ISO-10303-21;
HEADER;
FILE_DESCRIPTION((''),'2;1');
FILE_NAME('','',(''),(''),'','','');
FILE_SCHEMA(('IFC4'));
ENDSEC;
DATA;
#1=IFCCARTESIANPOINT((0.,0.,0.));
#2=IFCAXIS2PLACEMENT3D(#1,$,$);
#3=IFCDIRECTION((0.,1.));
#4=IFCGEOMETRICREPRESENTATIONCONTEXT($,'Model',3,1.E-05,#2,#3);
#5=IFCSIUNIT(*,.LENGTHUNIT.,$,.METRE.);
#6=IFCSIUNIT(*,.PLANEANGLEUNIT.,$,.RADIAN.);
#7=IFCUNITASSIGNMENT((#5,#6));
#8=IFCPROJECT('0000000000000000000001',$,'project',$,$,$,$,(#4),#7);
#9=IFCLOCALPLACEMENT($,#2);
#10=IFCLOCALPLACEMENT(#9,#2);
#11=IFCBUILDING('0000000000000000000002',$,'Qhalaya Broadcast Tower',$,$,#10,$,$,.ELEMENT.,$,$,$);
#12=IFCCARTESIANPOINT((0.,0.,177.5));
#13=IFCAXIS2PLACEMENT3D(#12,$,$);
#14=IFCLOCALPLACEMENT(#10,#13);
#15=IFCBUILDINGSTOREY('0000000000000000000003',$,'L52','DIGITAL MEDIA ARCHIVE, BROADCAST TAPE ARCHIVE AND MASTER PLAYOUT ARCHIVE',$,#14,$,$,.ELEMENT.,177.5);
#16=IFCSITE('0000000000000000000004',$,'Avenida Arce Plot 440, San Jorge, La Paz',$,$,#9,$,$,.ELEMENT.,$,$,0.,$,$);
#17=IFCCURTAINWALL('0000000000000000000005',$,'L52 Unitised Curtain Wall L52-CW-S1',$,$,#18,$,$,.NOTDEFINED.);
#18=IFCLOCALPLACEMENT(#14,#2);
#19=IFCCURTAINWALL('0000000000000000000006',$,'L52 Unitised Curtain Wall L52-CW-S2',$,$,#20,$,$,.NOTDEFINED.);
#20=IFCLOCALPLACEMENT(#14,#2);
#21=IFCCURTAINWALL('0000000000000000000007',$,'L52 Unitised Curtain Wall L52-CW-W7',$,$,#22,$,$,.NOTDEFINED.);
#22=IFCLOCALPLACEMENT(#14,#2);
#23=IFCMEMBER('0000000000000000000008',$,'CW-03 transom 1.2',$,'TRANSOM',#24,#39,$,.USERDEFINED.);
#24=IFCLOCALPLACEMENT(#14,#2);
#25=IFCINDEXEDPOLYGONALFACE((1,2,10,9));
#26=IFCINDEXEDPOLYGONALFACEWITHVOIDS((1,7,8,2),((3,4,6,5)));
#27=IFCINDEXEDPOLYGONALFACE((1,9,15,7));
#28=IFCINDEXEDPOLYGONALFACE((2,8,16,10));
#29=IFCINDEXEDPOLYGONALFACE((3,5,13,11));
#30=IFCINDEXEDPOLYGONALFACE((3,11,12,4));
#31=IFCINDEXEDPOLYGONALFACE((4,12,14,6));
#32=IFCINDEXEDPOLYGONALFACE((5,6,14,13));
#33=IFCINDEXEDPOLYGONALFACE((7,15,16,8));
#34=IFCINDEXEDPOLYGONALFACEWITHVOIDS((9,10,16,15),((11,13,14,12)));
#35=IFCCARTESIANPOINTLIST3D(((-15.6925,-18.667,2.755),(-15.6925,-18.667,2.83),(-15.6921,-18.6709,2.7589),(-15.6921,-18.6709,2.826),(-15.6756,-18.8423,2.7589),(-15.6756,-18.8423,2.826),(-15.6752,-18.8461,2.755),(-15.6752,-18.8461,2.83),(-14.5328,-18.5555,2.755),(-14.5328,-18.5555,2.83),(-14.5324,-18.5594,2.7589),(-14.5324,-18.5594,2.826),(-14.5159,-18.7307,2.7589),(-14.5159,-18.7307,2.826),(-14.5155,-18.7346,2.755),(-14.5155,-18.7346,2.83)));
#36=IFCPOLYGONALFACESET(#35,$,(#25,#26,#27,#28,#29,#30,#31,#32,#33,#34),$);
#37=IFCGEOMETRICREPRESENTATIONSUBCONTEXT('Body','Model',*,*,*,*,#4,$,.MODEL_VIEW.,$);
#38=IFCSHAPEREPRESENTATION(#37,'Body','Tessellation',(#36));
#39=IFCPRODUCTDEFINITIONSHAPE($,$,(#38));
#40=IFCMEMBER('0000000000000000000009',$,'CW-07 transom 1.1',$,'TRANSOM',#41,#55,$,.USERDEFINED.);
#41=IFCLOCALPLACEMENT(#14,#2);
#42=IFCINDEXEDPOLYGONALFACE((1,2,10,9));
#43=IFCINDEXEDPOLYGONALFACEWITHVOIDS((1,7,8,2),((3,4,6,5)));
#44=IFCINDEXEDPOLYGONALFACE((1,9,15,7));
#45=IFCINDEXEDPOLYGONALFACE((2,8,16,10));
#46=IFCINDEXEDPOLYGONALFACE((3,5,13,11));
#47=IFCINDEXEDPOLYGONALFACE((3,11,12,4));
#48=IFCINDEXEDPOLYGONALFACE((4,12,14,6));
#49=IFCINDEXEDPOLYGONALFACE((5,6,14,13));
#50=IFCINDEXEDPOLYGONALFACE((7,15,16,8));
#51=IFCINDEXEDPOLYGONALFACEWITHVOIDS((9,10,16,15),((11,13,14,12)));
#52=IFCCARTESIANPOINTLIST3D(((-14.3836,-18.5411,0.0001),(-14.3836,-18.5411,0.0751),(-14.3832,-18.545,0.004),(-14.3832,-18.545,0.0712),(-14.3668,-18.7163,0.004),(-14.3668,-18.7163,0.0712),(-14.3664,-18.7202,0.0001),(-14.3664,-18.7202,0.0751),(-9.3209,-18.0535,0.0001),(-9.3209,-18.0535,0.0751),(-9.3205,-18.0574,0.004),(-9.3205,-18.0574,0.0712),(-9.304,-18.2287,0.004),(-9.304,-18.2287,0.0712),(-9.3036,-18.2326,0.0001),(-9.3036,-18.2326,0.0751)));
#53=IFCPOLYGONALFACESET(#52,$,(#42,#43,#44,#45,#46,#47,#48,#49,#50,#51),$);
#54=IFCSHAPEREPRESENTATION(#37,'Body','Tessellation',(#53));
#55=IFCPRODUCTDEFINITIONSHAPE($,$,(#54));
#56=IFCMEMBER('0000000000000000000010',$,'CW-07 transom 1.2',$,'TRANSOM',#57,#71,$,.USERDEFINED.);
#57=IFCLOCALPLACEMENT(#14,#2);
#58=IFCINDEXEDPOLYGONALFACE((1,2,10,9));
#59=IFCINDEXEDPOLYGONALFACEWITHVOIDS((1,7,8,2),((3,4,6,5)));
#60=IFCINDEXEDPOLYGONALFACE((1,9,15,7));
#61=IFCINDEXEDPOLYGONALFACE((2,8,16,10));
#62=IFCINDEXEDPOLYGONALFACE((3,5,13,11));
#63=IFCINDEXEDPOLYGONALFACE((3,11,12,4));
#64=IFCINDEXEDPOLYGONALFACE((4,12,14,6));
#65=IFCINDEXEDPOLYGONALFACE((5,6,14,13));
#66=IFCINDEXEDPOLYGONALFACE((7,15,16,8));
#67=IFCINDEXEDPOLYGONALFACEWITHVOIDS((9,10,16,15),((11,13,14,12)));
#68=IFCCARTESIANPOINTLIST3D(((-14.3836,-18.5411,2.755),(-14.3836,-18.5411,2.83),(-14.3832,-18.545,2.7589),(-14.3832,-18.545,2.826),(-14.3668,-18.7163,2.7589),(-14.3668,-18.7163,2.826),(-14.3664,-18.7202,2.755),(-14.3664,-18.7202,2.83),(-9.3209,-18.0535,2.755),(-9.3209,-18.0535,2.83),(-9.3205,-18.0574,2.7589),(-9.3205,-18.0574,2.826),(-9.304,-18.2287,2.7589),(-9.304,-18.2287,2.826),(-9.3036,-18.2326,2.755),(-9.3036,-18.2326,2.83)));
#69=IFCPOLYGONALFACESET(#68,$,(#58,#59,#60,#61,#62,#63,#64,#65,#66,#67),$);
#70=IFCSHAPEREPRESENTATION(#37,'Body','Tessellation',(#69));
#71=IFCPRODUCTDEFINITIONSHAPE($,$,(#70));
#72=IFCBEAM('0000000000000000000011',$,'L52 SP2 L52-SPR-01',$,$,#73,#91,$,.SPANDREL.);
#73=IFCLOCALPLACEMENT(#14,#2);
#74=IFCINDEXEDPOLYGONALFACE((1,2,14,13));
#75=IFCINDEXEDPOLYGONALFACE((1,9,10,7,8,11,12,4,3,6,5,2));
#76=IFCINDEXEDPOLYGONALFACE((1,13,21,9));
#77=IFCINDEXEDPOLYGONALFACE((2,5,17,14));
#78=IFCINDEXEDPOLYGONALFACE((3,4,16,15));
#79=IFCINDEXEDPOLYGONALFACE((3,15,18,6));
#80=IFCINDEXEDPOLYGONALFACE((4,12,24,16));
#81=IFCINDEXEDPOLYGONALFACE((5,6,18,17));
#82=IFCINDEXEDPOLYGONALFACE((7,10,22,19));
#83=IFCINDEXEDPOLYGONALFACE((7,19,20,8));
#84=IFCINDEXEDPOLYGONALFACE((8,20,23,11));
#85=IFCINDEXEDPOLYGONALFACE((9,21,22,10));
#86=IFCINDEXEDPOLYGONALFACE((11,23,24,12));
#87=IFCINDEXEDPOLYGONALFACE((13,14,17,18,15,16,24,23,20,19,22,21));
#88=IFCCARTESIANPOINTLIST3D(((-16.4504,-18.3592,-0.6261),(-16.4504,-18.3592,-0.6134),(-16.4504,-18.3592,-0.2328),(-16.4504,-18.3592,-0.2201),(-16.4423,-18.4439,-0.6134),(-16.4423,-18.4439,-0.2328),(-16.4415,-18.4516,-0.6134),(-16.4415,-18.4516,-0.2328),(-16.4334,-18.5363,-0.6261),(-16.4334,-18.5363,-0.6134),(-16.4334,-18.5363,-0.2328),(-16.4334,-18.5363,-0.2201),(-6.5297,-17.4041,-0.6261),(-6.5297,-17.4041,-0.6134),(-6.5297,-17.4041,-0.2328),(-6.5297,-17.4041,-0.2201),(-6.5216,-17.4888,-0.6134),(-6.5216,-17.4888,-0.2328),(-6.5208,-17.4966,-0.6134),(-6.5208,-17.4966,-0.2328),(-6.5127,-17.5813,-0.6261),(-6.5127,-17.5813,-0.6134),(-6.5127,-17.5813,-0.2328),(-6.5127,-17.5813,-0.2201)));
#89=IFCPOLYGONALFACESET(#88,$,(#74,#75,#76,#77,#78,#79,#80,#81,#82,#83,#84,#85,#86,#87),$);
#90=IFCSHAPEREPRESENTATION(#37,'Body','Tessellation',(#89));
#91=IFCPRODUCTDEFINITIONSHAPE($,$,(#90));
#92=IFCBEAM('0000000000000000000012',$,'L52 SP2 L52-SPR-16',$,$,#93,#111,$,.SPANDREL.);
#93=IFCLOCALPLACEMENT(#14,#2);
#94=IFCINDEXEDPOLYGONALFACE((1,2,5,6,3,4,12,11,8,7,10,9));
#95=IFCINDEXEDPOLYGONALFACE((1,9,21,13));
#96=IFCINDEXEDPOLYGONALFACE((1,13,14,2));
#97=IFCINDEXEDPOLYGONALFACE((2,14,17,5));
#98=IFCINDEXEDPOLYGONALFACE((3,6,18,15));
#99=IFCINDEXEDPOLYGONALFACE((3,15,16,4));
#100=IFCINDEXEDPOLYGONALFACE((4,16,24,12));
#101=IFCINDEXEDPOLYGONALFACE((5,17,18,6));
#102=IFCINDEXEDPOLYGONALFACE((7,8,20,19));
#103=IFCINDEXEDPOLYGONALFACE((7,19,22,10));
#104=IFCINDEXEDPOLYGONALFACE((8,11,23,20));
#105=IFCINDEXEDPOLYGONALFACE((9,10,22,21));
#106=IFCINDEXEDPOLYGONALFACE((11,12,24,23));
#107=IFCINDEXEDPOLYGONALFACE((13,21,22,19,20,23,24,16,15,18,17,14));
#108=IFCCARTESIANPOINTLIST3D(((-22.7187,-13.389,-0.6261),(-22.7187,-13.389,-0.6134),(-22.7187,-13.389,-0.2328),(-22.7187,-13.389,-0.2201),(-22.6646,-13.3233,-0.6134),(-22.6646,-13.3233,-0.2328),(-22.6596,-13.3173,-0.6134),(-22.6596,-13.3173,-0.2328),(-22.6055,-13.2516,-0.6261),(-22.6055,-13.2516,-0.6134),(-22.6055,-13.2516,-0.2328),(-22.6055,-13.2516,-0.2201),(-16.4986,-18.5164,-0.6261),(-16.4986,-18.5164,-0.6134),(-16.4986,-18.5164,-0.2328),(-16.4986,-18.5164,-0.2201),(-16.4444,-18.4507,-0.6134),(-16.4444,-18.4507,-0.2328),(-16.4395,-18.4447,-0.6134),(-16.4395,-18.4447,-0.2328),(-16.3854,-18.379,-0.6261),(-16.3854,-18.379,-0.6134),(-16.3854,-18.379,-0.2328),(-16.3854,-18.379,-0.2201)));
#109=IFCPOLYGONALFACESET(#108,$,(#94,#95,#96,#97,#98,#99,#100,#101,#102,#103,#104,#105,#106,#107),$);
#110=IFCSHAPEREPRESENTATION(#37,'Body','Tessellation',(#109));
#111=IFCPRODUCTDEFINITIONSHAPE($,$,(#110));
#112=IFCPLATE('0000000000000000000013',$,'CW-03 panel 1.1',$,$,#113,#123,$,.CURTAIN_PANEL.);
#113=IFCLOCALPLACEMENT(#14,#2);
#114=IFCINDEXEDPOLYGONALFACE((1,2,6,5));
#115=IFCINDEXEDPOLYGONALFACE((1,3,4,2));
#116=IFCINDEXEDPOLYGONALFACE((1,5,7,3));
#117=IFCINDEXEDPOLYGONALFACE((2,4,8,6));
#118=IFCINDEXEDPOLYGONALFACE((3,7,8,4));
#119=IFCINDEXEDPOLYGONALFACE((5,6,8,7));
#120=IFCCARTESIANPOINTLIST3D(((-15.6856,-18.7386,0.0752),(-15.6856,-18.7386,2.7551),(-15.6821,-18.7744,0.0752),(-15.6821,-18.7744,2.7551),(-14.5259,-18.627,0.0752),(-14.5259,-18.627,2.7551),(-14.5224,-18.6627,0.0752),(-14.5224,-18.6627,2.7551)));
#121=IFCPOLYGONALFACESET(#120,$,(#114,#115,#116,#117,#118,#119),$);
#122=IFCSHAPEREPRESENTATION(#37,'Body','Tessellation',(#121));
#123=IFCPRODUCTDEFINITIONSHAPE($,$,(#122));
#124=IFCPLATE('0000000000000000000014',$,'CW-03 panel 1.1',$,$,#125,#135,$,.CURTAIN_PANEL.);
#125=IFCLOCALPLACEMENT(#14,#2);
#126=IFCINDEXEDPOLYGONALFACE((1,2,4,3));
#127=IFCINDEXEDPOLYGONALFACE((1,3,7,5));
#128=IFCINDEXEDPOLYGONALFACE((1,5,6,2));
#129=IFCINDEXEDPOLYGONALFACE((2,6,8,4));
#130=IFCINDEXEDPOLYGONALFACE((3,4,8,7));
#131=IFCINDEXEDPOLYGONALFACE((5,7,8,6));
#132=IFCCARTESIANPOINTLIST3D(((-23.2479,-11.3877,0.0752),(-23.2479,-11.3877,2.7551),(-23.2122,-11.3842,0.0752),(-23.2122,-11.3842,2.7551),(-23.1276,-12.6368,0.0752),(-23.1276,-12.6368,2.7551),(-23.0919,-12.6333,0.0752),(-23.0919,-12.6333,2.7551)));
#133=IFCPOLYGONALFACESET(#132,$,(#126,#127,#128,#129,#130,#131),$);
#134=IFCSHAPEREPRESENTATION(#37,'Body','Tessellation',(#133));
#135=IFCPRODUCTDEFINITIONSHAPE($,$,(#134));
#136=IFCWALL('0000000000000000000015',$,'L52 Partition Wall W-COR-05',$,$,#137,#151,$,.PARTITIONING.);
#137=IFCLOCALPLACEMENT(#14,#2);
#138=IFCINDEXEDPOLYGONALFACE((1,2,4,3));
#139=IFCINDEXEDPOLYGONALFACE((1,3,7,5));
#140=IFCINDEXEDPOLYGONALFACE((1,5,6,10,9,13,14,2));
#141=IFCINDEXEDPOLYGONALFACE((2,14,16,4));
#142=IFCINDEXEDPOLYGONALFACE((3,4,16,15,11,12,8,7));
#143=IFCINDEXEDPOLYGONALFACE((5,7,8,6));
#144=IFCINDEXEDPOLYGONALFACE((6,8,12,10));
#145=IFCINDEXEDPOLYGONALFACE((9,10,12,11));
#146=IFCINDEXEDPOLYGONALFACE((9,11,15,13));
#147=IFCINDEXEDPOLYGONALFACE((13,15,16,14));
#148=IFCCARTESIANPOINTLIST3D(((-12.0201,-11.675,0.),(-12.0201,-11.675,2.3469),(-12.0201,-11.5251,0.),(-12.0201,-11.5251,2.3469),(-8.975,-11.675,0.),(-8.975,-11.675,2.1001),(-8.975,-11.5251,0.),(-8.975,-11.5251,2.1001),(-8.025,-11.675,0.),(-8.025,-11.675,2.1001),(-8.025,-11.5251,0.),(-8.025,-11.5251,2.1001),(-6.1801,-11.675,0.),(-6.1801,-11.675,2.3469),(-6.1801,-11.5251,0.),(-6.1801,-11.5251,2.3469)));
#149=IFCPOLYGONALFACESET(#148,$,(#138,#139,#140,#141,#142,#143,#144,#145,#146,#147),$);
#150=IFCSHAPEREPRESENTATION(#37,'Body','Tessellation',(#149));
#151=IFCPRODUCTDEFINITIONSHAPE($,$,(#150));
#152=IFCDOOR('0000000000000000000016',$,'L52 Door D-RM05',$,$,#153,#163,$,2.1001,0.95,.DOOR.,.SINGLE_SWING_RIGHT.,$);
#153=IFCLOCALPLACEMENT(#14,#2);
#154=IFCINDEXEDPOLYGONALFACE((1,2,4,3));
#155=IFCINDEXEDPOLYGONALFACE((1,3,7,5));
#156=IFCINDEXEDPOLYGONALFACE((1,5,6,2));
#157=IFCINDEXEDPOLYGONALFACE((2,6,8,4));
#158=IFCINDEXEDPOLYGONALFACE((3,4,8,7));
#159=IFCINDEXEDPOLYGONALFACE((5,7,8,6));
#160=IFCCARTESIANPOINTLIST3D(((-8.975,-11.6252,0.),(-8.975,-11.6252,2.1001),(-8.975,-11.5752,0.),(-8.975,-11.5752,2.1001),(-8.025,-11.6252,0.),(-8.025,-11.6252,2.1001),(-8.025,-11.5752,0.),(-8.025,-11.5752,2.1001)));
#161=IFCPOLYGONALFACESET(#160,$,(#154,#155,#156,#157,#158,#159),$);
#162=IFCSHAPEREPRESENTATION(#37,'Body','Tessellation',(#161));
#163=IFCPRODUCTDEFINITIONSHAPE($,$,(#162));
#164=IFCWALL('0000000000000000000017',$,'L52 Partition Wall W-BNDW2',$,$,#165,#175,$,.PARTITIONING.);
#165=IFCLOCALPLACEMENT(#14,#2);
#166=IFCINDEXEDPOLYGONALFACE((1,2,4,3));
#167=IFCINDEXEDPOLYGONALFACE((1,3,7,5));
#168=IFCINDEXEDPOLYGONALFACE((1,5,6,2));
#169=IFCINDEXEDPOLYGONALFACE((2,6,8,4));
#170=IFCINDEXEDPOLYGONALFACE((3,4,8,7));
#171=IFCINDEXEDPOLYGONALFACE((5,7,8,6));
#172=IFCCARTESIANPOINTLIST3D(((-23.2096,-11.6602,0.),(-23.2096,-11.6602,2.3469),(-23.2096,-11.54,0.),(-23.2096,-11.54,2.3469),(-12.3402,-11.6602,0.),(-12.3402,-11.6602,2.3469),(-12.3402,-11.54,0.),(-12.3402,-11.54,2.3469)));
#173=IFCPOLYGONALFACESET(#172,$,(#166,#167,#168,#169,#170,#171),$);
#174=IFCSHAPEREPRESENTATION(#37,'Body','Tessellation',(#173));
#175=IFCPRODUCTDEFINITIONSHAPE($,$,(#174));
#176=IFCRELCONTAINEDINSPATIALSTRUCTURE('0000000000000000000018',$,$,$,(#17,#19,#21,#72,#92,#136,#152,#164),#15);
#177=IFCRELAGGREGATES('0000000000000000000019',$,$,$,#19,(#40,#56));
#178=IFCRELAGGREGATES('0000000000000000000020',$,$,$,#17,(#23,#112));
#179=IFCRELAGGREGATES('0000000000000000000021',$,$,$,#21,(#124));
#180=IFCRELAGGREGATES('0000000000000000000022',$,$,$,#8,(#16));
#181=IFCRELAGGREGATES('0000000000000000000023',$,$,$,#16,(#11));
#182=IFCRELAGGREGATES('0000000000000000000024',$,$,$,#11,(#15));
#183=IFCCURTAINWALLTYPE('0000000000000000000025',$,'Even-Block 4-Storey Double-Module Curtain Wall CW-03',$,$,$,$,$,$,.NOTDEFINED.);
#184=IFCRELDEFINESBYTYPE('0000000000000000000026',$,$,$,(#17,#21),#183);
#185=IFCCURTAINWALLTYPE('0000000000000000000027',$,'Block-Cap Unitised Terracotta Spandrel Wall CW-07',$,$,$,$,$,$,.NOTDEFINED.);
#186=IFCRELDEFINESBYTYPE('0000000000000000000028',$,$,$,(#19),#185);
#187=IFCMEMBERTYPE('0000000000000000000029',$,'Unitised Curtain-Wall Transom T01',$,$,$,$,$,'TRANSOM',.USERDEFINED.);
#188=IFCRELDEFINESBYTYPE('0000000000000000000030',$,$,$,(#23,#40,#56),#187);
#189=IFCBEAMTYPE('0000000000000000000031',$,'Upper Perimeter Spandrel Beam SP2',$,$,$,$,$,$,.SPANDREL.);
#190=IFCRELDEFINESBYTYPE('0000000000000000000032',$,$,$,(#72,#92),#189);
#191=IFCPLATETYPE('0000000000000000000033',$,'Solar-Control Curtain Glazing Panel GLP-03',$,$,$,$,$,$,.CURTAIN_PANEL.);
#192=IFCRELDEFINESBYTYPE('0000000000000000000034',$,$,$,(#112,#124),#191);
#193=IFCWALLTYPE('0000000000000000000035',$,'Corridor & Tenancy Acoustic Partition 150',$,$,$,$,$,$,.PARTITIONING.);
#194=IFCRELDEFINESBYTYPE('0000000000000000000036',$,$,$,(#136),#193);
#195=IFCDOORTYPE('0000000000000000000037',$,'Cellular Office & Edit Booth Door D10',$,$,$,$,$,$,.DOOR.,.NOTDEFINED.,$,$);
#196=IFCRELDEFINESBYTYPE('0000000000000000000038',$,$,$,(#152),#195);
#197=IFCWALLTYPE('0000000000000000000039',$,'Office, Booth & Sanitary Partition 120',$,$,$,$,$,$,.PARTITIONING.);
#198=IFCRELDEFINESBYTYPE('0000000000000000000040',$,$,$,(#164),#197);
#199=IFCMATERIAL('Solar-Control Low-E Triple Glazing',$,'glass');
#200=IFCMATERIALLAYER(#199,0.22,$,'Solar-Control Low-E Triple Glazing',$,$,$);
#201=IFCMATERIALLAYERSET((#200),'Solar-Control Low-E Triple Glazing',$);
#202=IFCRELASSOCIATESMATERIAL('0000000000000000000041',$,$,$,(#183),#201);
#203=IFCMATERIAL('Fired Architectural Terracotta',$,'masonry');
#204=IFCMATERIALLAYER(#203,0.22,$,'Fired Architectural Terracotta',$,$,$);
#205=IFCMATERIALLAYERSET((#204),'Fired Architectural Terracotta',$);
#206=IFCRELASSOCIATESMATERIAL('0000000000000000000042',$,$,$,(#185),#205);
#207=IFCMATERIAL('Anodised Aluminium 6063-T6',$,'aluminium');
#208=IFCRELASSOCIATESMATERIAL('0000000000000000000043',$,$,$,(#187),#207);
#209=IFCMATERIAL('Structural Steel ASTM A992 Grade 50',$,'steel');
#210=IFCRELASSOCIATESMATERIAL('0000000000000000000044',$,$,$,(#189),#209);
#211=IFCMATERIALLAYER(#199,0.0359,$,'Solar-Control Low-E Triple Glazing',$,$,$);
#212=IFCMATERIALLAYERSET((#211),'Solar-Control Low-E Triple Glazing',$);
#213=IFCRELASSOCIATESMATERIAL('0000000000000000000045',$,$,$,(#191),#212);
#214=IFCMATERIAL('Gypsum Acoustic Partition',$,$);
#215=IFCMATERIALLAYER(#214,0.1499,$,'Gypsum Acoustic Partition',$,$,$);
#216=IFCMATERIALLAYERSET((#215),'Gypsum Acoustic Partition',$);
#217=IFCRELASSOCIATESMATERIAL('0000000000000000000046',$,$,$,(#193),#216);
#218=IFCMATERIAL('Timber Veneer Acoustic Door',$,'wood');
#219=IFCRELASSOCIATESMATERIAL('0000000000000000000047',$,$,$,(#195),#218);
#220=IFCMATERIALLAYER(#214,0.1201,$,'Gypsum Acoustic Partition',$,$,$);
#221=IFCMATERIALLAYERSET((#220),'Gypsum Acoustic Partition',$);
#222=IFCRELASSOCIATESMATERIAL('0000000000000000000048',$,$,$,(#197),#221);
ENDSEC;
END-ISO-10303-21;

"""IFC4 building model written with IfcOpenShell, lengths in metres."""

from ifc_helpers import new_model, si_unit, direction, frame, frame_2d, origin, origin_2d, place, context, subcontext, project, spatial, rectangle, hollow_rectangle, i_section, extrude, material, layer, layer_set, material_profile, profile_set, type_object, element, fill, aggregate, save


model = new_model("IFC4")

# Units and contexts
model_context = context("Model", 3, precision=1e-05, world=origin(), true_north=direction((0.0, 1.0)))
body_context = subcontext(model_context, "Body", "Model", "MODEL_VIEW")
ifc_project = project(units=[si_unit("LENGTHUNIT", "METRE"), si_unit("PLANEANGLEUNIT", "RADIAN")], contexts=[model_context])

# Site, building, storey
site_placement = place(None, origin())
site = spatial("IfcSite", under=ifc_project, at=site_placement, Name="Avenida Arce Plot 440, San Jorge, La Paz", CompositionType="ELEMENT", RefElevation=0.0)
building_placement = place(site_placement, origin())
building = spatial("IfcBuilding", under=site, at=building_placement, Name="Qhalaya Broadcast Tower", CompositionType="ELEMENT")
storey_placement = place(building_placement, frame((0.0, 0.0, 177.5)))
storey = spatial("IfcBuildingStorey", under=building, at=storey_placement, Name="L52", Description="DIGITAL MEDIA ARCHIVE, BROADCAST TAPE ARCHIVE AND MASTER PLAYOUT ARCHIVE", CompositionType="ELEMENT", Elevation=177.5)

# Shared definitions
ifc_material_1 = material(Name="Structural Steel ASTM A992 Grade 50", Category="steel")

# Shared definitions
ifc_material_2 = material(Name="Fired Architectural Terracotta", Category="masonry")

# Curtain wall
ifc_material_3 = material(Name="Solar-Control Low-E Triple Glazing", Category="glass")
ifc_layer_1 = layer(ifc_material_3, 0.22, Name="Solar-Control Low-E Triple Glazing")
ifc_layer_set_1 = layer_set([ifc_layer_1], Name="Solar-Control Low-E Triple Glazing")
curtain_wall_type_1 = type_object("IfcCurtainWallType", Name="Even-Block 4-Storey Double-Module Curtain Wall CW-03", PredefinedType="NOTDEFINED", material=ifc_layer_set_1)
curtain_wall_1_placement = place(storey_placement, origin())
curtain_wall_1 = element("IfcCurtainWall", 1, at=curtain_wall_1_placement, inside=storey, type_object=curtain_wall_type_1, Name="L52 Unitised Curtain Wall L52-CW-S1", PredefinedType="NOTDEFINED")
ifc_material_4 = material(Name="Anodised Aluminium 6063-T6", Category="aluminium")

# Curtain walls
ifc_layer_2 = layer(ifc_material_2, 0.22, Name="Fired Architectural Terracotta")
ifc_layer_set_2 = layer_set([ifc_layer_2], Name="Fired Architectural Terracotta")
curtain_wall_type_2 = type_object("IfcCurtainWallType", Name="Block-Cap Unitised Terracotta Spandrel Wall CW-07", PredefinedType="NOTDEFINED", material=ifc_layer_set_2)
curtain_wall_2_placement = place(storey_placement, origin())
curtain_wall_2 = element("IfcCurtainWall", 2, at=curtain_wall_2_placement, inside=storey, type_object=curtain_wall_type_2, Name="L52 Unitised Curtain Wall L52-CW-S2", PredefinedType="NOTDEFINED")
curtain_wall_3_placement = place(storey_placement, origin())
curtain_wall_3 = element("IfcCurtainWall", 3, at=curtain_wall_3_placement, inside=storey, type_object=curtain_wall_type_1, Name="L52 Unitised Curtain Wall L52-CW-W7", PredefinedType="NOTDEFINED")

# Members
ifc_material_profile_1 = material_profile(ifc_material_4, hollow_rectangle(XDim=0.075, YDim=0.1799, WallThickness=0.0039, at=origin_2d()), Name="ALU-TRN 75x180x4")
ifc_profile_set_1 = profile_set([ifc_material_profile_1], Name="Anodised Aluminium 6063-T6")
member_type_1 = type_object("IfcMemberType", Name="Unitised Curtain-Wall Transom T01", ElementType="TRANSOM", PredefinedType="USERDEFINED", material=ifc_profile_set_1)
member_1_placement = place(storey_placement, frame((-15.6838, -18.7566, 2.7925), z_axis=(0.995404, 0.095768, 0.0), x_axis=(0.0, 0.0, 1.0)))
member_1 = element("IfcMember", 4, at=member_1_placement, type_object=member_type_1, Name="CW-03 transom 1.2", ObjectType="TRANSOM", PredefinedType="USERDEFINED", context=body_context, shape_type="SweptSolid", body=[
    extrude(hollow_rectangle(XDim=0.075, YDim=0.1799, WallThickness=0.0039, at=origin_2d()), origin(), (0.0, 0.0, 1.0), 1.165),
])
member_2_placement = place(storey_placement, frame((-14.375, -18.6306, 0.0376), z_axis=(0.995395, 0.095858, 0.0), x_axis=(0.0, 0.0, 1.0)))
member_2 = element("IfcMember", 5, at=member_2_placement, type_object=member_type_1, Name="CW-07 transom 1.1", ObjectType="TRANSOM", PredefinedType="USERDEFINED", context=body_context, shape_type="SweptSolid", body=[
    extrude(hollow_rectangle(XDim=0.075, YDim=0.1799, WallThickness=0.0039, at=origin_2d()), origin(), (0.0, 0.0, 1.0), 5.0862),
])
member_3_placement = place(storey_placement, frame((-14.375, -18.6306, 2.7925), z_axis=(0.995395, 0.095858, 0.0), x_axis=(0.0, 0.0, 1.0)))
member_3 = element("IfcMember", 6, at=member_3_placement, type_object=member_type_1, Name="CW-07 transom 1.2", ObjectType="TRANSOM", PredefinedType="USERDEFINED", context=body_context, shape_type="SweptSolid", body=[
    extrude(hollow_rectangle(XDim=0.075, YDim=0.1799, WallThickness=0.0039, at=origin_2d()), origin(), (0.0, 0.0, 1.0), 5.0862),
])
aggregate(curtain_wall_2, [member_2, member_3])

# Beams
ifc_material_profile_2 = material_profile(ifc_material_1, i_section(OverallWidth=0.178, OverallDepth=0.406, WebThickness=0.0078, FlangeThickness=0.0127, at=origin_2d()), Name="W16X40")
ifc_profile_set_2 = profile_set([ifc_material_profile_2], Name="Structural Steel ASTM A992 Grade 50")
beam_type_1 = type_object("IfcBeamType", Name="Upper Perimeter Spandrel Beam SP2", PredefinedType="SPANDREL", material=ifc_profile_set_2)
beam_1_placement = place(storey_placement, frame((-16.4419, -18.4478, -0.4231), z_axis=(0.995398, 0.095829, 0.0), x_axis=(-0.095829, 0.995398, 0.0)))
element("IfcBeam", 7, at=beam_1_placement, inside=storey, type_object=beam_type_1, Name="L52 SP2 L52-SPR-01", PredefinedType="SPANDREL", context=body_context, shape_type="SweptSolid", body=[
    extrude(i_section(OverallWidth=0.178, OverallDepth=0.406, WebThickness=0.0078, FlangeThickness=0.0127, at=origin_2d()), origin(), (0.0, 0.0, 1.0), 9.9666),
])
beam_2_placement = place(storey_placement, frame((-22.6621, -13.3203, -0.4231), z_axis=(0.771631, -0.63607, 0.0), x_axis=(0.63607, 0.771631, 0.0)))
element("IfcBeam", 8, at=beam_2_placement, inside=storey, type_object=beam_type_1, Name="L52 SP2 L52-SPR-16", PredefinedType="SPANDREL", context=body_context, shape_type="SweptSolid", body=[
    extrude(i_section(OverallWidth=0.178, OverallDepth=0.406, WebThickness=0.0078, FlangeThickness=0.0127, at=origin_2d()), origin(), (0.0, 0.0, 1.0), 8.061),
])

# Plates
ifc_layer_3 = layer(ifc_material_3, 0.0359, Name="Solar-Control Low-E Triple Glazing")
ifc_layer_set_3 = layer_set([ifc_layer_3], Name="Solar-Control Low-E Triple Glazing")
plate_type = type_object("IfcPlateType", Name="Solar-Control Curtain Glazing Panel GLP-03", PredefinedType="CURTAIN_PANEL", material=ifc_layer_set_3)
plate_1_placement = place(storey_placement, frame((-15.104, -18.7007, 0.0752), z_axis=(0.0, 0.0, 1.0), x_axis=(0.995399, 0.095821, 0.0)))
plate_1 = element("IfcPlate", 9, at=plate_1_placement, type_object=plate_type, Name="CW-03 panel 1.1", PredefinedType="CURTAIN_PANEL", context=body_context, shape_type="SweptSolid", body=[
    extrude(rectangle(XDim=1.165, YDim=0.0359, at=origin_2d()), origin(), (0.0, 0.0, 1.0), 2.6799),
])
aggregate(curtain_wall_1, [member_1, plate_1])
plate_2_placement = place(storey_placement, frame((-23.1699, -12.0105, 0.0752), z_axis=(0.0, 0.0, 1.0), x_axis=(0.095874, -0.995393, 0.0)))
plate_2 = element("IfcPlate", 10, at=plate_2_placement, type_object=plate_type, Name="CW-03 panel 1.1", PredefinedType="CURTAIN_PANEL", context=body_context, shape_type="SweptSolid", body=[
    extrude(rectangle(XDim=1.2549, YDim=0.0359, at=origin_2d()), origin(), (0.0, 0.0, 1.0), 2.6799),
])
aggregate(curtain_wall_3, [plate_2])

# Wall, opening, door
ifc_material_5 = material(Name="Gypsum Acoustic Partition")
ifc_layer_4 = layer(ifc_material_5, 0.1499, Name="Gypsum Acoustic Partition")
ifc_layer_set_4 = layer_set([ifc_layer_4], Name="Gypsum Acoustic Partition")
wall_type_1 = type_object("IfcWallType", Name="Corridor & Tenancy Acoustic Partition 150", PredefinedType="PARTITIONING", material=ifc_layer_set_4)
wall_1_placement = place(storey_placement, frame((-12.02, -11.6001, 0.0), z_axis=(0.0, 0.0, 1.0), x_axis=(1.0, 0.0, 0.0)))
wall_1 = element("IfcWall", 11, at=wall_1_placement, inside=storey, type_object=wall_type_1, Name="L52 Partition Wall W-COR-05", PredefinedType="PARTITIONING", context=body_context, shape_type="SweptSolid", body=[
    extrude(rectangle(XDim=5.8401, YDim=0.1499, at=frame_2d((2.9199, 0.0))), origin(), (0.0, 0.0, 1.0), 2.3469),
])
opening_placement = place(wall_1_placement, frame((3.0449, 0.0, 0.0)))
opening = element("IfcOpeningElement", 12, at=opening_placement, cuts=wall_1, PredefinedType="OPENING", context=body_context, shape_type="SweptSolid", body=[
    extrude(rectangle(XDim=0.95, YDim=2.1001, at=frame_2d((0.4751, 1.05))), frame((0.0, 0.0869, 0.0), z_axis=(0.0, -1.0, 0.0), x_axis=(1.0, 0.0, 0.0)), (0.0, 0.0, 1.0), 0.1738),
])
ifc_material_6 = material(Name="Timber Veneer Acoustic Door", Category="wood")
door_type = type_object("IfcDoorType", Name="Cellular Office & Edit Booth Door D10", OperationType="NOTDEFINED", PredefinedType="DOOR", material=ifc_material_6)
door_placement = place(opening_placement, origin())
door = element("IfcDoor", 13, at=door_placement, inside=storey, type_object=door_type, Name="L52 Door D-RM05", OperationType="SINGLE_SWING_RIGHT", OverallHeight=2.1001, OverallWidth=0.95, PredefinedType="DOOR", context=body_context, shape_type="SweptSolid", body=[
    extrude(rectangle(XDim=0.95, YDim=2.1001, at=frame_2d((0.4751, 1.05))), frame((0.0, 0.0249, 0.0), z_axis=(0.0, -1.0, 0.0), x_axis=(1.0, 0.0, 0.0)), (0.0, 0.0, 1.0), 0.05),
])
fill(opening, door)

# Wall
ifc_layer_5 = layer(ifc_material_5, 0.1201, Name="Gypsum Acoustic Partition")
ifc_layer_set_5 = layer_set([ifc_layer_5], Name="Gypsum Acoustic Partition")
wall_type_2 = type_object("IfcWallType", Name="Office, Booth & Sanitary Partition 120", PredefinedType="PARTITIONING", material=ifc_layer_set_5)
wall_2_placement = place(storey_placement, frame((-23.2095, -11.6001, 0.0), z_axis=(0.0, 0.0, 1.0), x_axis=(1.0, 0.0, 0.0)))
element("IfcWall", 14, at=wall_2_placement, inside=storey, type_object=wall_type_2, Name="L52 Partition Wall W-BNDW2", PredefinedType="PARTITIONING", context=body_context, shape_type="SweptSolid", body=[
    extrude(rectangle(XDim=10.8694, YDim=0.1201, at=frame_2d((5.4346, 0.0))), origin(), (0.0, 0.0, 1.0), 2.3469),
])

save(model, "model.ifc")
